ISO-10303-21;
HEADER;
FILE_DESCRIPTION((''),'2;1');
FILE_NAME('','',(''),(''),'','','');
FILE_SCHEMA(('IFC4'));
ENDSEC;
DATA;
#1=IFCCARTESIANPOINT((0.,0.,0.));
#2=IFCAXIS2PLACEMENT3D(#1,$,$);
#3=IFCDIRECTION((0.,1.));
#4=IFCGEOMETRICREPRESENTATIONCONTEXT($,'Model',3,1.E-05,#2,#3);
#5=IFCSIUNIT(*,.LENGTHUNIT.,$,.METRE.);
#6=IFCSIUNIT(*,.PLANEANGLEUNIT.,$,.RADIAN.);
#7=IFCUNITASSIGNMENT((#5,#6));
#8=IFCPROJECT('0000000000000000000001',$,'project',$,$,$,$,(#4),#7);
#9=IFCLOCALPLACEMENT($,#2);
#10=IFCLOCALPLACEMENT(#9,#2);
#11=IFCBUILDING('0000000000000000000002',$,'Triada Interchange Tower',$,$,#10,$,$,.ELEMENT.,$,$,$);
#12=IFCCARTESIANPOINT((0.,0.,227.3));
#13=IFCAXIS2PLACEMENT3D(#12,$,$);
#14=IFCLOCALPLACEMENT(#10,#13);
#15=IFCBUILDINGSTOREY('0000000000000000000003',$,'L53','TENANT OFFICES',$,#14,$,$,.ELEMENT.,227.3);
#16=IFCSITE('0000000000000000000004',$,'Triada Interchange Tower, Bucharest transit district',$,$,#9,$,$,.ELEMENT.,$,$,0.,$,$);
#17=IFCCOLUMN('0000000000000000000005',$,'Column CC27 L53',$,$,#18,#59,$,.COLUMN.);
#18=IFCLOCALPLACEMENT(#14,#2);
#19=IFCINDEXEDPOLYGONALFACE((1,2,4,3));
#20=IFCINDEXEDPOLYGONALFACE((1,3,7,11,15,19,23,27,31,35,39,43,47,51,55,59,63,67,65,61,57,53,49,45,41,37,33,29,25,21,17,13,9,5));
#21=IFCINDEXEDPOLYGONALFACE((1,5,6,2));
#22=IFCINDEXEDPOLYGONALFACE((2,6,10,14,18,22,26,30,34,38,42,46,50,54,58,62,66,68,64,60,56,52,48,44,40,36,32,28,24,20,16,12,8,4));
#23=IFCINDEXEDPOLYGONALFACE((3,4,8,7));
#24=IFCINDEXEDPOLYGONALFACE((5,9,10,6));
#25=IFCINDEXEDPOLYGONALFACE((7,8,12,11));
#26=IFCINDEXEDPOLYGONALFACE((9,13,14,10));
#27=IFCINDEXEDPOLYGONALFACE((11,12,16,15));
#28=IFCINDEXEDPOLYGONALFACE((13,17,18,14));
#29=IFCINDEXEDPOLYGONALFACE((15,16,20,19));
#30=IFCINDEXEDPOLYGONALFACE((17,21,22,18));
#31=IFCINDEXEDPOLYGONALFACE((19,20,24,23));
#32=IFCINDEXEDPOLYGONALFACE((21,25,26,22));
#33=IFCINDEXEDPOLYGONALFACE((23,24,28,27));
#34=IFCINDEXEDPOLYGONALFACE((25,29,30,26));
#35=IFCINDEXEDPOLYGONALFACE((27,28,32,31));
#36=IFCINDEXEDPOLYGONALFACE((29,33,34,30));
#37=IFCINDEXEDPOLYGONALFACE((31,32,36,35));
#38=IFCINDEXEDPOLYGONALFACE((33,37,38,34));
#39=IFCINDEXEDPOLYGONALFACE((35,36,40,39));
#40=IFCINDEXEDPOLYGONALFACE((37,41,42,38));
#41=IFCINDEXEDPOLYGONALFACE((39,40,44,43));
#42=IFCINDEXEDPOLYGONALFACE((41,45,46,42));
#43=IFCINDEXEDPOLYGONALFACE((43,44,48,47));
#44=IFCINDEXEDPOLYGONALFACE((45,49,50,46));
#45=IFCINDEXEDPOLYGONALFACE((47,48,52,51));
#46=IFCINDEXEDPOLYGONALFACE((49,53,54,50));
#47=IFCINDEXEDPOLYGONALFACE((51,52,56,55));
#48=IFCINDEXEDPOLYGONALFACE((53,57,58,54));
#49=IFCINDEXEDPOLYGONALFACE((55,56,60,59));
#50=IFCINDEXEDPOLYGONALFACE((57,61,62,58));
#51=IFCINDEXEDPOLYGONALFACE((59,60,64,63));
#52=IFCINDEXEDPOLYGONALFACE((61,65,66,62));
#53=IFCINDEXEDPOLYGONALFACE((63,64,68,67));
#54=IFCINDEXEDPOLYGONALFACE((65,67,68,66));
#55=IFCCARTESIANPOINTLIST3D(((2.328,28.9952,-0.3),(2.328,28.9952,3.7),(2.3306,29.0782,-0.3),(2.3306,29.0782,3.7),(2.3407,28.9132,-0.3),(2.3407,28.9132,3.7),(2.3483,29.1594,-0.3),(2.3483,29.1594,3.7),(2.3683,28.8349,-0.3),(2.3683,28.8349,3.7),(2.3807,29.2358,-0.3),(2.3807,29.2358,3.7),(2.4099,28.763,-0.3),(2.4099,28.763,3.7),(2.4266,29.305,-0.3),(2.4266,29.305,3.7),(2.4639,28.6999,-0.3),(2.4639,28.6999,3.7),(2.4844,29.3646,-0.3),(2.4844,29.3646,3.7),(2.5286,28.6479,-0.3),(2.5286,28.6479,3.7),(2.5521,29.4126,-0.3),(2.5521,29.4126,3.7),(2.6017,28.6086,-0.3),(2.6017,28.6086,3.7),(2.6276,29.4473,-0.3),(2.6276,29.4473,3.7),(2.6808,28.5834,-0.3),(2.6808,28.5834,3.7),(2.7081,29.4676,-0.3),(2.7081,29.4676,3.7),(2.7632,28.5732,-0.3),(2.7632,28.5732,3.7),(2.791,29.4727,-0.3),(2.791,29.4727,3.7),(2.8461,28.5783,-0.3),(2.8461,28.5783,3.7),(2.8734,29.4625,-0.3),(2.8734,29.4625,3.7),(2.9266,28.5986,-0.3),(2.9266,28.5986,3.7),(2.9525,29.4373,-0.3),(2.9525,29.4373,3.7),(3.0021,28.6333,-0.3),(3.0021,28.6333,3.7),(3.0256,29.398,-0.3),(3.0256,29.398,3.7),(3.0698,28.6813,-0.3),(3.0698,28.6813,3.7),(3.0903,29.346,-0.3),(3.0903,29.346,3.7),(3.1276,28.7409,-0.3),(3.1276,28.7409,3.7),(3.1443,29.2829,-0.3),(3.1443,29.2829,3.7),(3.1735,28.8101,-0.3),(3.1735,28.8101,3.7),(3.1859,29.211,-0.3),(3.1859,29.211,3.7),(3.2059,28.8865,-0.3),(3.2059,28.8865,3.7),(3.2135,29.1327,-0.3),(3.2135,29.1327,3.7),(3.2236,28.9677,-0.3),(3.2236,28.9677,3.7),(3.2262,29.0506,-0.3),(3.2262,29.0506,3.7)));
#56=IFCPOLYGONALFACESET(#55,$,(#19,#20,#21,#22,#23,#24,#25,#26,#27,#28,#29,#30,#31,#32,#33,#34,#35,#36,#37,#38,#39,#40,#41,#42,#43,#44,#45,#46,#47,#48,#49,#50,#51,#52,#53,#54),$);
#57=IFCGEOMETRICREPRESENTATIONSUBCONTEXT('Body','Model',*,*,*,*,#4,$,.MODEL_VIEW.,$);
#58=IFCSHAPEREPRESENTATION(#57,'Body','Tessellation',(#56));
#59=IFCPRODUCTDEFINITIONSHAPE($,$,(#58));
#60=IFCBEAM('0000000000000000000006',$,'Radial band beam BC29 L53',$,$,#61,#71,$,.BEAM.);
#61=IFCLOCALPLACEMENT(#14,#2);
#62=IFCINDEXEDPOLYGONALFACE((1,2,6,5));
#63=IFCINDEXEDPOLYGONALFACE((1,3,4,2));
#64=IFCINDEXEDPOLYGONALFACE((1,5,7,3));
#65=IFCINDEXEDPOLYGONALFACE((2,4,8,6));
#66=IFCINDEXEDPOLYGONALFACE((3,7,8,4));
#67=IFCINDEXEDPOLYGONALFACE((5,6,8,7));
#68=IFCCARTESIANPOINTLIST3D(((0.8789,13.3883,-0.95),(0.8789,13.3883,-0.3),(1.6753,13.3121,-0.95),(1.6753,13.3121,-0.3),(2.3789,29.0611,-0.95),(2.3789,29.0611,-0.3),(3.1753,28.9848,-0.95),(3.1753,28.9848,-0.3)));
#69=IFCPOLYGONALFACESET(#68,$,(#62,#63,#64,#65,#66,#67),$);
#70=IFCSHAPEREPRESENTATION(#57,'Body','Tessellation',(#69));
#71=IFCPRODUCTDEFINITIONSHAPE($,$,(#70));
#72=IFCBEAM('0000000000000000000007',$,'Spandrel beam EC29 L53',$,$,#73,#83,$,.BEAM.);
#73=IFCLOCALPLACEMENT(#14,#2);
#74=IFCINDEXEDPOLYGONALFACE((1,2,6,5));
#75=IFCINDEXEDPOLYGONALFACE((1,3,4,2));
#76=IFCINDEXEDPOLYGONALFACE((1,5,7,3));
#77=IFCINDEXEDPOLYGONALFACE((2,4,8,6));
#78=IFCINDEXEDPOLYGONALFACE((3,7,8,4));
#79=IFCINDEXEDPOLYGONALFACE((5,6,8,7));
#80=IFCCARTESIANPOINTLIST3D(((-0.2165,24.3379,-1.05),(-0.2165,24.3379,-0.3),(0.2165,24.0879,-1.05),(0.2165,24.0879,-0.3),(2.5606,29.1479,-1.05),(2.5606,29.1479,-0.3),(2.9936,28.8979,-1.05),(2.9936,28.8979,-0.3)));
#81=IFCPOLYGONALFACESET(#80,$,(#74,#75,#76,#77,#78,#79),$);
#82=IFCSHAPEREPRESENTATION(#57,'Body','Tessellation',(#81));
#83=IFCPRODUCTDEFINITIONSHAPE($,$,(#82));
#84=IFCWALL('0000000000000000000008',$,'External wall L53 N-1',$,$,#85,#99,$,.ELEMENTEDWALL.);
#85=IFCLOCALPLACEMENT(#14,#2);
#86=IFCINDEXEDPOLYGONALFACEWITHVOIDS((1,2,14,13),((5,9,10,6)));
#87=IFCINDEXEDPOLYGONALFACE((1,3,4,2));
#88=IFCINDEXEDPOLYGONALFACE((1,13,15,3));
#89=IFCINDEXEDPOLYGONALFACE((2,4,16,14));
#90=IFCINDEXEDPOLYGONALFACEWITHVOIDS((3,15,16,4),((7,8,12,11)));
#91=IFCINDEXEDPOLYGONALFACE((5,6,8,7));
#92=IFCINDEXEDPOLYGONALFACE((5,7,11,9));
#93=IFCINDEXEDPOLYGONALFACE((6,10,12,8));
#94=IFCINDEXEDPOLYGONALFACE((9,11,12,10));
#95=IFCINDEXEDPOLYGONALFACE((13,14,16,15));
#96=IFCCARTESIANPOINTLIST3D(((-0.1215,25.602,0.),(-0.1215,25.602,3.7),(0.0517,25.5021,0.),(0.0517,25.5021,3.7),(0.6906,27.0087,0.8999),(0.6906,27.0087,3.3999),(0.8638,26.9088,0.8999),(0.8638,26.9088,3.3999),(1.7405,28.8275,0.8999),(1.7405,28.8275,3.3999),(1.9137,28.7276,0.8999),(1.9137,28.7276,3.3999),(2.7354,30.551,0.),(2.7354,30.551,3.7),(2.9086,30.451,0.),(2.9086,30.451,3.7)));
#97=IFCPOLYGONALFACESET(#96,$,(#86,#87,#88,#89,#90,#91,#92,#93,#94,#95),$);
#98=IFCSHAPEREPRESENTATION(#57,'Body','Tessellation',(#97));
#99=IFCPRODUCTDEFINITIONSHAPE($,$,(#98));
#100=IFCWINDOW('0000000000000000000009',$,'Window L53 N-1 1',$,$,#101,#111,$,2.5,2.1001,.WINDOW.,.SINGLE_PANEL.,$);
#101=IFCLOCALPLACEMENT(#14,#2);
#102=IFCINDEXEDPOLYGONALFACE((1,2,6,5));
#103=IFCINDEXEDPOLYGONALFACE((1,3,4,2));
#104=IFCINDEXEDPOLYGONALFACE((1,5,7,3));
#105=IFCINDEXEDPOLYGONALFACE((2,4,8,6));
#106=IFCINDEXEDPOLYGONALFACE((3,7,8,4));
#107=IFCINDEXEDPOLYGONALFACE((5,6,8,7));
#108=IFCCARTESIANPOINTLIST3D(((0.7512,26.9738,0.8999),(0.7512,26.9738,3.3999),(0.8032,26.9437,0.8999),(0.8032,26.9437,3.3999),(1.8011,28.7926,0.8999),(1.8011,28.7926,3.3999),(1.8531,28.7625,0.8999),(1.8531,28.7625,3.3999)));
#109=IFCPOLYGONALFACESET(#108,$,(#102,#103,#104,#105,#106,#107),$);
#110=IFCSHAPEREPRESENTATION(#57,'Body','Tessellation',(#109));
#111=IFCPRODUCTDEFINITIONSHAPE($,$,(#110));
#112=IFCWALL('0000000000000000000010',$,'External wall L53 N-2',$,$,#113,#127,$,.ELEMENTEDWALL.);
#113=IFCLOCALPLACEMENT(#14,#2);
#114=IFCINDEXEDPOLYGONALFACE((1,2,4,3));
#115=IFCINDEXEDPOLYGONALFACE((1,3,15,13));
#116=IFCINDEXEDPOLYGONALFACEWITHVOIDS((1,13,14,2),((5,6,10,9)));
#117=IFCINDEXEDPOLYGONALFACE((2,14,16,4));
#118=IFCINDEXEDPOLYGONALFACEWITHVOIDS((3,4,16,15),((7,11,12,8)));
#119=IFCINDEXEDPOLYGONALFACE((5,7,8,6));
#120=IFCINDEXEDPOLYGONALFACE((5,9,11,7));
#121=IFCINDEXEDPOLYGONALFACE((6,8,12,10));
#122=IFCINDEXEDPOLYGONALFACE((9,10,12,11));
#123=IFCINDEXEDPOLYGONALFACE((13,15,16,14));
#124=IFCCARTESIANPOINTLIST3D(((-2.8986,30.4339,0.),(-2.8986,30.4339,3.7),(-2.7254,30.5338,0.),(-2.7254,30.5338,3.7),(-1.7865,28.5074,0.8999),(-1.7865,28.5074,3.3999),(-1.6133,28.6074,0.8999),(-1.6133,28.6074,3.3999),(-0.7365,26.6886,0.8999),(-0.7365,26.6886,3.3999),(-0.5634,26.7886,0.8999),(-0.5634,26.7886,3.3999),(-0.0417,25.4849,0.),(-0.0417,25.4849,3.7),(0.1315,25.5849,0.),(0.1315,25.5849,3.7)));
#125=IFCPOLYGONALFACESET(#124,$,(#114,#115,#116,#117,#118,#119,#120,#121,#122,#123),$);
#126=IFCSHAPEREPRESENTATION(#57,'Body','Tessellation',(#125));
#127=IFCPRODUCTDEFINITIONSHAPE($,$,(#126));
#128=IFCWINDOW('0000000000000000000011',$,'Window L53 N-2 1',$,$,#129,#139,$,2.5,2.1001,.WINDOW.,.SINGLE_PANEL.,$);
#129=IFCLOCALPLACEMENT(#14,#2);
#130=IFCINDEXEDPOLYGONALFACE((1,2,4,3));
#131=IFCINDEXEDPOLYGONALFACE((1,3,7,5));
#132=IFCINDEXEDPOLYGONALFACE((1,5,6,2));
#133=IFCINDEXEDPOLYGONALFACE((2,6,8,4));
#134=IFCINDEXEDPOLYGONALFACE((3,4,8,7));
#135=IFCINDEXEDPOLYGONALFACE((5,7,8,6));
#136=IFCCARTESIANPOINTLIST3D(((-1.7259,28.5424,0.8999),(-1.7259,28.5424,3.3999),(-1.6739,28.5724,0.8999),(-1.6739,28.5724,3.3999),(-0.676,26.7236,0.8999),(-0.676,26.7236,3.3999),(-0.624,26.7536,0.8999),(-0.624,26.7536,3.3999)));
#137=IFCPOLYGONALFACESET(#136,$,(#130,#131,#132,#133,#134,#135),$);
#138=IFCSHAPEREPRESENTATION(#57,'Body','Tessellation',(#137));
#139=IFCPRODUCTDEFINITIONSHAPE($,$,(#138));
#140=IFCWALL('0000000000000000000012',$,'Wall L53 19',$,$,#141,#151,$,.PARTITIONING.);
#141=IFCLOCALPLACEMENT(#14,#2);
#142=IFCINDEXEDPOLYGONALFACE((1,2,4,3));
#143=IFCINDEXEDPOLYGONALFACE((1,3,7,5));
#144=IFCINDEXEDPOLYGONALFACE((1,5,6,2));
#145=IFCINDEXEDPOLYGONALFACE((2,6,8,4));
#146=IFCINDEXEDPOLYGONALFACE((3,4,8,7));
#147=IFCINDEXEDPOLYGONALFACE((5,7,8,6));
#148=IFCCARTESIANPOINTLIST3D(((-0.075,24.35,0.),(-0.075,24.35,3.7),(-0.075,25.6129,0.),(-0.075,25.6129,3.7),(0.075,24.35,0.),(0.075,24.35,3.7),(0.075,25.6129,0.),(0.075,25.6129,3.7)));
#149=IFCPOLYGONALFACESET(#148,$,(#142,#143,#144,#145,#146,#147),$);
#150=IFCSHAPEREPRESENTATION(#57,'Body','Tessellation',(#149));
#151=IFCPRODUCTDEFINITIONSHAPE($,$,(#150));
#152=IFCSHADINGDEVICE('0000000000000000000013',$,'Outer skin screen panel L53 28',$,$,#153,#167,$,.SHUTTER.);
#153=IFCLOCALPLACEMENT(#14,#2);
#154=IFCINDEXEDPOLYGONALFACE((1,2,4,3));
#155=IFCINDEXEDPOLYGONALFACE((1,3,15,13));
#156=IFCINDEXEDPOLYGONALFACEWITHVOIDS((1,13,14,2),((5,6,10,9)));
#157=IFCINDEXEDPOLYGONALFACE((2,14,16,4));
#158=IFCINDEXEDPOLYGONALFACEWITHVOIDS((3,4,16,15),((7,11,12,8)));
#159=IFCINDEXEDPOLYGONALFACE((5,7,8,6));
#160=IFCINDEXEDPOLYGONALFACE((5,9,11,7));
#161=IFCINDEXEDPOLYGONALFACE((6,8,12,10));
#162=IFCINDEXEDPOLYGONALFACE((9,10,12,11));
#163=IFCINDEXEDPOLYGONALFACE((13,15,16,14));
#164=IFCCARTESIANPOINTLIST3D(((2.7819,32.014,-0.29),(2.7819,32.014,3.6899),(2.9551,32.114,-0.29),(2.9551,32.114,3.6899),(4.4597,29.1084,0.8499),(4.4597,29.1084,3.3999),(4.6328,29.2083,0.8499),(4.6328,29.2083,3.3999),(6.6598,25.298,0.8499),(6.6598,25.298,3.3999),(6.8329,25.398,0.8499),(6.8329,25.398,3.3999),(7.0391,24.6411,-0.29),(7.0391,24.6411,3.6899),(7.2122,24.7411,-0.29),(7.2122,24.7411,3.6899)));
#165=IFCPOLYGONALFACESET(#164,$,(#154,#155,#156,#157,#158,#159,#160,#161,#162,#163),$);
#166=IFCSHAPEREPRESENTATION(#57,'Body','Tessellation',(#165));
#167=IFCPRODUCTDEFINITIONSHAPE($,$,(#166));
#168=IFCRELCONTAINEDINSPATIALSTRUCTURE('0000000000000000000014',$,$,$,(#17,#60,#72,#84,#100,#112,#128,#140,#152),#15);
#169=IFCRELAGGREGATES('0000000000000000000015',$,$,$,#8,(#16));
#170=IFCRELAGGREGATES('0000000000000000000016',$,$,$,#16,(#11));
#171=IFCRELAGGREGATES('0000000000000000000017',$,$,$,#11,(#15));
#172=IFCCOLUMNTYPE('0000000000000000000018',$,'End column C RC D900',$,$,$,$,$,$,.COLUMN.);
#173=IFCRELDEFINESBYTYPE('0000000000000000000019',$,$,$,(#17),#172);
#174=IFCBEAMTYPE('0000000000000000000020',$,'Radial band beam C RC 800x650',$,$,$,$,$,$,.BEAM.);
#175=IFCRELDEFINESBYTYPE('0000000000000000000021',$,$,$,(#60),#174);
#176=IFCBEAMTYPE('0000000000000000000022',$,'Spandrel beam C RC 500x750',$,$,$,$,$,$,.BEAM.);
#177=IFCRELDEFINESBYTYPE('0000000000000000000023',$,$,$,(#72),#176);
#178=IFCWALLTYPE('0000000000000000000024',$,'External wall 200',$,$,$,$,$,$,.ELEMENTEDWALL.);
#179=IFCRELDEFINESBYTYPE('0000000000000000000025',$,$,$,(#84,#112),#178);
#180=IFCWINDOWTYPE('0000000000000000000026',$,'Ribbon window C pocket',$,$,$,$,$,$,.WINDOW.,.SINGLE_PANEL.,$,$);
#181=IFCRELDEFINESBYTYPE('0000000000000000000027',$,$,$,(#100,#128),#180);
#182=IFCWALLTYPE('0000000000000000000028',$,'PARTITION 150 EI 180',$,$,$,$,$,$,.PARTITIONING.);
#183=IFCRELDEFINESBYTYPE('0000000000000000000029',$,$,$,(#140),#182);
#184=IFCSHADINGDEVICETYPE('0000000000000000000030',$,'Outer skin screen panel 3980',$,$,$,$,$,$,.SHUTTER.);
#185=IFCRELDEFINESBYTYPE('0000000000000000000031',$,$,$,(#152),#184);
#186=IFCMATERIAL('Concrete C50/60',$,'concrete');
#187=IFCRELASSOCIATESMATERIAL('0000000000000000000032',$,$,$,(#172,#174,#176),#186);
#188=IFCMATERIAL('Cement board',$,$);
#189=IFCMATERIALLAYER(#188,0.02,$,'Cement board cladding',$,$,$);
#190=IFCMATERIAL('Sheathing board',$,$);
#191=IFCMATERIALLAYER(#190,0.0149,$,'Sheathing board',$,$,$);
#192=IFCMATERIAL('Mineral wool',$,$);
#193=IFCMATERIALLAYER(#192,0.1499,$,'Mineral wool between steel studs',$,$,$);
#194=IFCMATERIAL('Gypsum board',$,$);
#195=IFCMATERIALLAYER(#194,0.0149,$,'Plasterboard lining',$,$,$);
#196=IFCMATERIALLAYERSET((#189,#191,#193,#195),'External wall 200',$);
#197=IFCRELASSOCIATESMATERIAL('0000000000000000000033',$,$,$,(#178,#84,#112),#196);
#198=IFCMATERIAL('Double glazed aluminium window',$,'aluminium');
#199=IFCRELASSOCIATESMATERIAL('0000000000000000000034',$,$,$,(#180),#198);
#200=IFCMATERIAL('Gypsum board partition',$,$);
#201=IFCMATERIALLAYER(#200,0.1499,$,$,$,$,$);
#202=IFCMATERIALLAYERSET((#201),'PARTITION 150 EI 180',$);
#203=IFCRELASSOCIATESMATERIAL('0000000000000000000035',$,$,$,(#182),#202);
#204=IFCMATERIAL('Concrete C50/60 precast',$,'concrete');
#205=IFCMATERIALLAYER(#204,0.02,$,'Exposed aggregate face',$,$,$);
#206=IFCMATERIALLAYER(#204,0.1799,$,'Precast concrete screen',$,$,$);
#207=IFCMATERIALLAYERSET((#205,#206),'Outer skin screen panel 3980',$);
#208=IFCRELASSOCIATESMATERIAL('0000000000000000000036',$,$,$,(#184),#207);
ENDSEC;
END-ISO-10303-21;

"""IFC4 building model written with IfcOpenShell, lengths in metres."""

from ifc_helpers import new_model, si_unit, direction, frame, frame_2d, origin, origin_2d, place, context, subcontext, project, spatial, polyline, rectangle, circle, outline, extrude, material, layer, layer_set, layer_usage, material_profile, profile_set, type_object, element, fill, save


model = new_model("IFC4")

# Units and contexts
model_context = context("Model", 3, precision=1e-05, world=origin(), true_north=direction((0.0, 1.0)))
body_context = subcontext(model_context, "Body", "Model", "MODEL_VIEW")
ifc_project = project(units=[si_unit("LENGTHUNIT", "METRE"), si_unit("PLANEANGLEUNIT", "RADIAN")], contexts=[model_context])

# Site, building, storey
site_placement = place(None, origin())
site = spatial("IfcSite", under=ifc_project, at=site_placement, Name="Triada Interchange Tower, Bucharest transit district", CompositionType="ELEMENT", RefElevation=0.0)
building_placement = place(site_placement, origin())
building = spatial("IfcBuilding", under=site, at=building_placement, Name="Triada Interchange Tower", CompositionType="ELEMENT")
storey_placement = place(building_placement, frame((0.0, 0.0, 227.3)))
storey = spatial("IfcBuildingStorey", under=building, at=storey_placement, Name="L53", Description="TENANT OFFICES", CompositionType="ELEMENT", Elevation=227.3)

# Column
ifc_material_1 = material(Name="Concrete C50/60", Category="concrete")
ifc_material_profile_1 = material_profile(ifc_material_1, circle(Radius=0.45, at=origin_2d()), Name="RC D900")
ifc_profile_set_1 = profile_set([ifc_material_profile_1], Name="Concrete C50/60")
column_type = type_object("IfcColumnType", Name="End column C RC D900", PredefinedType="COLUMN", material=ifc_profile_set_1)
column_placement = place(storey_placement, frame((2.7771, 29.0229, -0.3), z_axis=(0.0, 0.0, 1.0), x_axis=(-0.5, 0.866025, 0.0)))
element("IfcColumn", 1, at=column_placement, inside=storey, type_object=column_type, Name="Column CC27 L53", PredefinedType="COLUMN", context=body_context, shape_type="SweptSolid", body=[
    extrude(circle(Radius=0.45, at=origin_2d()), origin(), (0.0, 0.0, 1.0), 4.0),
])

# Beams
ifc_material_profile_2 = material_profile(ifc_material_1, rectangle(XDim=0.8, YDim=0.6499, at=origin_2d()), Name="RC 800x650")
ifc_profile_set_2 = profile_set([ifc_material_profile_2], Name="Concrete C50/60")
beam_type_1 = type_object("IfcBeamType", Name="Radial band beam C RC 800x650", PredefinedType="BEAM", material=ifc_profile_set_2)
beam_1_placement = place(storey_placement, frame((2.7771, 29.0229, -0.625), z_axis=(-0.095272, -0.995451, 0.0), x_axis=(0.995451, -0.095272, 0.0)))
element("IfcBeam", 2, at=beam_1_placement, inside=storey, type_object=beam_type_1, Name="Radial band beam BC29 L53", PredefinedType="BEAM", context=body_context, shape_type="SweptSolid", body=[
    extrude(rectangle(XDim=0.8, YDim=0.6499, at=origin_2d()), origin(), (0.0, 0.0, 1.0), 15.7444),
])
ifc_material_profile_3 = material_profile(ifc_material_1, rectangle(XDim=0.5, YDim=0.75, at=origin_2d()), Name="RC 500x750")
ifc_profile_set_3 = profile_set([ifc_material_profile_3], Name="Concrete C50/60")
beam_type_2 = type_object("IfcBeamType", Name="Spandrel beam C RC 500x750", PredefinedType="BEAM", material=ifc_profile_set_3)
beam_2_placement = place(storey_placement, frame((2.7771, 29.0229, -0.675), z_axis=(-0.500001, -0.866025, 0.0), x_axis=(0.866025, -0.500001, 0.0)))
element("IfcBeam", 3, at=beam_2_placement, inside=storey, type_object=beam_type_2, Name="Spandrel beam EC29 L53", PredefinedType="BEAM", context=body_context, shape_type="SweptSolid", body=[
    extrude(rectangle(XDim=0.5, YDim=0.75, at=origin_2d()), origin(), (0.0, 0.0, 1.0), 5.5542),
])

# Walls, openings, windows
ifc_material_2 = material(Name="Cement board")
ifc_layer_1 = layer(ifc_material_2, 0.02, Name="Cement board cladding")
ifc_material_3 = material(Name="Sheathing board")
ifc_layer_2 = layer(ifc_material_3, 0.0149, Name="Sheathing board")
ifc_material_4 = material(Name="Mineral wool")
ifc_layer_3 = layer(ifc_material_4, 0.1499, Name="Mineral wool between steel studs")
ifc_material_5 = material(Name="Gypsum board")
ifc_layer_4 = layer(ifc_material_5, 0.0149, Name="Plasterboard lining")
ifc_layer_set_1 = layer_set([ifc_layer_1, ifc_layer_2, ifc_layer_3, ifc_layer_4], Name="External wall 200")
ifc_layer_usage = layer_usage(ifc_layer_set_1, "AXIS2", "POSITIVE", -0.1001)
wall_type_1 = type_object("IfcWallType", Name="External wall 200", PredefinedType="ELEMENTEDWALL", material=ifc_layer_set_1)
wall_1_placement = place(storey_placement, frame((2.822, 30.501, 0.0), z_axis=(0.0, 0.0, 1.0), x_axis=(-0.499953, -0.866053, 0.0)))
wall_1 = element("IfcWall", 4, at=wall_1_placement, inside=storey, type_object=wall_type_1, material=ifc_layer_usage, Name="External wall L53 N-1", PredefinedType="ELEMENTEDWALL", context=body_context, shape_type="SweptSolid", body=[
    extrude(rectangle(XDim=5.7144, YDim=0.2, at=frame_2d((2.8572, 0.0))), origin(), (0.0, 0.0, 1.0), 3.7),
])
opening_1_placement = place(wall_1_placement, frame((1.99, 0.0, 0.8999)))
opening_1 = element("IfcOpeningElement", 5, at=opening_1_placement, cuts=wall_1, PredefinedType="OPENING", context=body_context, shape_type="SweptSolid", body=[
    extrude(rectangle(XDim=2.1001, YDim=2.5, at=frame_2d((1.05, 1.25))), frame((0.0, 0.1099, 0.0), z_axis=(0.0, -1.0, 0.0), x_axis=(1.0, 0.0, 0.0)), (0.0, 0.0, 1.0), 0.22),
])
ifc_material_6 = material(Name="Double glazed aluminium window", Category="aluminium")
window_type = type_object("IfcWindowType", Name="Ribbon window C pocket", PartitioningType="SINGLE_PANEL", PredefinedType="WINDOW", material=ifc_material_6)
window_1_placement = place(opening_1_placement, origin())
window_1 = element("IfcWindow", 6, at=window_1_placement, inside=storey, type_object=window_type, Name="Window L53 N-1 1", OverallHeight=2.5, OverallWidth=2.1001, PartitioningType="SINGLE_PANEL", PredefinedType="WINDOW", context=body_context, shape_type="SweptSolid", body=[
    extrude(rectangle(XDim=2.1001, YDim=2.5, at=frame_2d((1.05, 1.25))), frame((0.0, 0.03, 0.0), z_axis=(0.0, -1.0, 0.0), x_axis=(1.0, 0.0, 0.0)), (0.0, 0.0, 1.0), 0.0601),
])
fill(opening_1, window_1)
wall_2_placement = place(storey_placement, frame((0.0449, 25.5349, 0.0), z_axis=(0.0, 0.0, 1.0), x_axis=(-0.499953, 0.866053, 0.0)))
wall_2 = element("IfcWall", 7, at=wall_2_placement, inside=storey, type_object=wall_type_1, material=ifc_layer_usage, Name="External wall L53 N-2", PredefinedType="ELEMENTEDWALL", context=body_context, shape_type="SweptSolid", body=[
    extrude(rectangle(XDim=5.7144, YDim=0.2, at=frame_2d((2.8572, 0.0))), origin(), (0.0, 0.0, 1.0), 3.7),
])
opening_2_placement = place(wall_2_placement, frame((1.3899, 0.0, 0.8999)))
opening_2 = element("IfcOpeningElement", 8, at=opening_2_placement, cuts=wall_2, PredefinedType="OPENING", context=body_context, shape_type="SweptSolid", body=[
    extrude(rectangle(XDim=2.1001, YDim=2.5, at=frame_2d((1.05, 1.25))), frame((0.0, 0.1099, 0.0), z_axis=(0.0, -1.0, 0.0), x_axis=(1.0, 0.0, 0.0)), (0.0, 0.0, 1.0), 0.22),
])
window_2_placement = place(opening_2_placement, origin())
window_2 = element("IfcWindow", 9, at=window_2_placement, inside=storey, type_object=window_type, Name="Window L53 N-2 1", OverallHeight=2.5, OverallWidth=2.1001, PartitioningType="SINGLE_PANEL", PredefinedType="WINDOW", context=body_context, shape_type="SweptSolid", body=[
    extrude(rectangle(XDim=2.1001, YDim=2.5, at=frame_2d((1.05, 1.25))), frame((0.0, 0.03, 0.0), z_axis=(0.0, -1.0, 0.0), x_axis=(1.0, 0.0, 0.0)), (0.0, 0.0, 1.0), 0.0601),
])
fill(opening_2, window_2)

# Wall
ifc_material_7 = material(Name="Gypsum board partition")
ifc_layer_5 = layer(ifc_material_7, 0.1499)
ifc_layer_set_2 = layer_set([ifc_layer_5], Name="PARTITION 150 EI 180")
wall_type_2 = type_object("IfcWallType", Name="PARTITION 150 EI 180", PredefinedType="PARTITIONING", material=ifc_layer_set_2)
wall_3_placement = place(storey_placement, frame((0.0, 24.3501, 0.0), z_axis=(0.0, 0.0, 1.0), x_axis=(0.0, 1.0, 0.0)))
element("IfcWall", 10, at=wall_3_placement, inside=storey, type_object=wall_type_2, Name="Wall L53 19", PredefinedType="PARTITIONING", context=body_context, shape_type="SweptSolid", body=[
    extrude(rectangle(XDim=1.2629, YDim=0.1499, at=frame_2d((0.6313, 0.0))), origin(), (0.0, 0.0, 1.0), 3.7),
])

# Shading device
ifc_material_8 = material(Name="Concrete C50/60 precast", Category="concrete")
ifc_layer_6 = layer(ifc_material_8, 0.02, Name="Exposed aggregate face")
ifc_layer_7 = layer(ifc_material_8, 0.1799, Name="Precast concrete screen")
ifc_layer_set_3 = layer_set([ifc_layer_6, ifc_layer_7], Name="Outer skin screen panel 3980")
shading_device_type = type_object("IfcShadingDeviceType", Name="Outer skin screen panel 3980", PredefinedType="SHUTTER", material=ifc_layer_set_3)
shading_device_1_placement = place(storey_placement, frame((7.0391, 24.6411, -0.29), z_axis=(0.0, 0.0, 1.0), x_axis=(-0.500034, 0.866006, 0.0)))
element("IfcShadingDevice", 11, at=shading_device_1_placement, inside=storey, type_object=shading_device_type, Name="Outer skin screen panel L53 28", PredefinedType="SHUTTER", context=body_context, shape_type="SweptSolid", body=[
    extrude(outline(polyline([(0.0, 0.0), (8.5137, 0.0), (8.5137, 3.98), (0.0, 3.98), (0.0, 0.0)]), holes=[polyline([(0.7585, 1.1399), (0.7585, 3.6899), (5.1584, 3.6899), (5.1584, 1.1399), (0.7585, 1.1399)])]), frame((0.0, 0.0, 0.0), z_axis=(0.0, -1.0, 0.0), x_axis=(1.0, 0.0, 0.0)), (0.0, 0.0, 1.0), 0.2),
])

save(model, "model.ifc")
